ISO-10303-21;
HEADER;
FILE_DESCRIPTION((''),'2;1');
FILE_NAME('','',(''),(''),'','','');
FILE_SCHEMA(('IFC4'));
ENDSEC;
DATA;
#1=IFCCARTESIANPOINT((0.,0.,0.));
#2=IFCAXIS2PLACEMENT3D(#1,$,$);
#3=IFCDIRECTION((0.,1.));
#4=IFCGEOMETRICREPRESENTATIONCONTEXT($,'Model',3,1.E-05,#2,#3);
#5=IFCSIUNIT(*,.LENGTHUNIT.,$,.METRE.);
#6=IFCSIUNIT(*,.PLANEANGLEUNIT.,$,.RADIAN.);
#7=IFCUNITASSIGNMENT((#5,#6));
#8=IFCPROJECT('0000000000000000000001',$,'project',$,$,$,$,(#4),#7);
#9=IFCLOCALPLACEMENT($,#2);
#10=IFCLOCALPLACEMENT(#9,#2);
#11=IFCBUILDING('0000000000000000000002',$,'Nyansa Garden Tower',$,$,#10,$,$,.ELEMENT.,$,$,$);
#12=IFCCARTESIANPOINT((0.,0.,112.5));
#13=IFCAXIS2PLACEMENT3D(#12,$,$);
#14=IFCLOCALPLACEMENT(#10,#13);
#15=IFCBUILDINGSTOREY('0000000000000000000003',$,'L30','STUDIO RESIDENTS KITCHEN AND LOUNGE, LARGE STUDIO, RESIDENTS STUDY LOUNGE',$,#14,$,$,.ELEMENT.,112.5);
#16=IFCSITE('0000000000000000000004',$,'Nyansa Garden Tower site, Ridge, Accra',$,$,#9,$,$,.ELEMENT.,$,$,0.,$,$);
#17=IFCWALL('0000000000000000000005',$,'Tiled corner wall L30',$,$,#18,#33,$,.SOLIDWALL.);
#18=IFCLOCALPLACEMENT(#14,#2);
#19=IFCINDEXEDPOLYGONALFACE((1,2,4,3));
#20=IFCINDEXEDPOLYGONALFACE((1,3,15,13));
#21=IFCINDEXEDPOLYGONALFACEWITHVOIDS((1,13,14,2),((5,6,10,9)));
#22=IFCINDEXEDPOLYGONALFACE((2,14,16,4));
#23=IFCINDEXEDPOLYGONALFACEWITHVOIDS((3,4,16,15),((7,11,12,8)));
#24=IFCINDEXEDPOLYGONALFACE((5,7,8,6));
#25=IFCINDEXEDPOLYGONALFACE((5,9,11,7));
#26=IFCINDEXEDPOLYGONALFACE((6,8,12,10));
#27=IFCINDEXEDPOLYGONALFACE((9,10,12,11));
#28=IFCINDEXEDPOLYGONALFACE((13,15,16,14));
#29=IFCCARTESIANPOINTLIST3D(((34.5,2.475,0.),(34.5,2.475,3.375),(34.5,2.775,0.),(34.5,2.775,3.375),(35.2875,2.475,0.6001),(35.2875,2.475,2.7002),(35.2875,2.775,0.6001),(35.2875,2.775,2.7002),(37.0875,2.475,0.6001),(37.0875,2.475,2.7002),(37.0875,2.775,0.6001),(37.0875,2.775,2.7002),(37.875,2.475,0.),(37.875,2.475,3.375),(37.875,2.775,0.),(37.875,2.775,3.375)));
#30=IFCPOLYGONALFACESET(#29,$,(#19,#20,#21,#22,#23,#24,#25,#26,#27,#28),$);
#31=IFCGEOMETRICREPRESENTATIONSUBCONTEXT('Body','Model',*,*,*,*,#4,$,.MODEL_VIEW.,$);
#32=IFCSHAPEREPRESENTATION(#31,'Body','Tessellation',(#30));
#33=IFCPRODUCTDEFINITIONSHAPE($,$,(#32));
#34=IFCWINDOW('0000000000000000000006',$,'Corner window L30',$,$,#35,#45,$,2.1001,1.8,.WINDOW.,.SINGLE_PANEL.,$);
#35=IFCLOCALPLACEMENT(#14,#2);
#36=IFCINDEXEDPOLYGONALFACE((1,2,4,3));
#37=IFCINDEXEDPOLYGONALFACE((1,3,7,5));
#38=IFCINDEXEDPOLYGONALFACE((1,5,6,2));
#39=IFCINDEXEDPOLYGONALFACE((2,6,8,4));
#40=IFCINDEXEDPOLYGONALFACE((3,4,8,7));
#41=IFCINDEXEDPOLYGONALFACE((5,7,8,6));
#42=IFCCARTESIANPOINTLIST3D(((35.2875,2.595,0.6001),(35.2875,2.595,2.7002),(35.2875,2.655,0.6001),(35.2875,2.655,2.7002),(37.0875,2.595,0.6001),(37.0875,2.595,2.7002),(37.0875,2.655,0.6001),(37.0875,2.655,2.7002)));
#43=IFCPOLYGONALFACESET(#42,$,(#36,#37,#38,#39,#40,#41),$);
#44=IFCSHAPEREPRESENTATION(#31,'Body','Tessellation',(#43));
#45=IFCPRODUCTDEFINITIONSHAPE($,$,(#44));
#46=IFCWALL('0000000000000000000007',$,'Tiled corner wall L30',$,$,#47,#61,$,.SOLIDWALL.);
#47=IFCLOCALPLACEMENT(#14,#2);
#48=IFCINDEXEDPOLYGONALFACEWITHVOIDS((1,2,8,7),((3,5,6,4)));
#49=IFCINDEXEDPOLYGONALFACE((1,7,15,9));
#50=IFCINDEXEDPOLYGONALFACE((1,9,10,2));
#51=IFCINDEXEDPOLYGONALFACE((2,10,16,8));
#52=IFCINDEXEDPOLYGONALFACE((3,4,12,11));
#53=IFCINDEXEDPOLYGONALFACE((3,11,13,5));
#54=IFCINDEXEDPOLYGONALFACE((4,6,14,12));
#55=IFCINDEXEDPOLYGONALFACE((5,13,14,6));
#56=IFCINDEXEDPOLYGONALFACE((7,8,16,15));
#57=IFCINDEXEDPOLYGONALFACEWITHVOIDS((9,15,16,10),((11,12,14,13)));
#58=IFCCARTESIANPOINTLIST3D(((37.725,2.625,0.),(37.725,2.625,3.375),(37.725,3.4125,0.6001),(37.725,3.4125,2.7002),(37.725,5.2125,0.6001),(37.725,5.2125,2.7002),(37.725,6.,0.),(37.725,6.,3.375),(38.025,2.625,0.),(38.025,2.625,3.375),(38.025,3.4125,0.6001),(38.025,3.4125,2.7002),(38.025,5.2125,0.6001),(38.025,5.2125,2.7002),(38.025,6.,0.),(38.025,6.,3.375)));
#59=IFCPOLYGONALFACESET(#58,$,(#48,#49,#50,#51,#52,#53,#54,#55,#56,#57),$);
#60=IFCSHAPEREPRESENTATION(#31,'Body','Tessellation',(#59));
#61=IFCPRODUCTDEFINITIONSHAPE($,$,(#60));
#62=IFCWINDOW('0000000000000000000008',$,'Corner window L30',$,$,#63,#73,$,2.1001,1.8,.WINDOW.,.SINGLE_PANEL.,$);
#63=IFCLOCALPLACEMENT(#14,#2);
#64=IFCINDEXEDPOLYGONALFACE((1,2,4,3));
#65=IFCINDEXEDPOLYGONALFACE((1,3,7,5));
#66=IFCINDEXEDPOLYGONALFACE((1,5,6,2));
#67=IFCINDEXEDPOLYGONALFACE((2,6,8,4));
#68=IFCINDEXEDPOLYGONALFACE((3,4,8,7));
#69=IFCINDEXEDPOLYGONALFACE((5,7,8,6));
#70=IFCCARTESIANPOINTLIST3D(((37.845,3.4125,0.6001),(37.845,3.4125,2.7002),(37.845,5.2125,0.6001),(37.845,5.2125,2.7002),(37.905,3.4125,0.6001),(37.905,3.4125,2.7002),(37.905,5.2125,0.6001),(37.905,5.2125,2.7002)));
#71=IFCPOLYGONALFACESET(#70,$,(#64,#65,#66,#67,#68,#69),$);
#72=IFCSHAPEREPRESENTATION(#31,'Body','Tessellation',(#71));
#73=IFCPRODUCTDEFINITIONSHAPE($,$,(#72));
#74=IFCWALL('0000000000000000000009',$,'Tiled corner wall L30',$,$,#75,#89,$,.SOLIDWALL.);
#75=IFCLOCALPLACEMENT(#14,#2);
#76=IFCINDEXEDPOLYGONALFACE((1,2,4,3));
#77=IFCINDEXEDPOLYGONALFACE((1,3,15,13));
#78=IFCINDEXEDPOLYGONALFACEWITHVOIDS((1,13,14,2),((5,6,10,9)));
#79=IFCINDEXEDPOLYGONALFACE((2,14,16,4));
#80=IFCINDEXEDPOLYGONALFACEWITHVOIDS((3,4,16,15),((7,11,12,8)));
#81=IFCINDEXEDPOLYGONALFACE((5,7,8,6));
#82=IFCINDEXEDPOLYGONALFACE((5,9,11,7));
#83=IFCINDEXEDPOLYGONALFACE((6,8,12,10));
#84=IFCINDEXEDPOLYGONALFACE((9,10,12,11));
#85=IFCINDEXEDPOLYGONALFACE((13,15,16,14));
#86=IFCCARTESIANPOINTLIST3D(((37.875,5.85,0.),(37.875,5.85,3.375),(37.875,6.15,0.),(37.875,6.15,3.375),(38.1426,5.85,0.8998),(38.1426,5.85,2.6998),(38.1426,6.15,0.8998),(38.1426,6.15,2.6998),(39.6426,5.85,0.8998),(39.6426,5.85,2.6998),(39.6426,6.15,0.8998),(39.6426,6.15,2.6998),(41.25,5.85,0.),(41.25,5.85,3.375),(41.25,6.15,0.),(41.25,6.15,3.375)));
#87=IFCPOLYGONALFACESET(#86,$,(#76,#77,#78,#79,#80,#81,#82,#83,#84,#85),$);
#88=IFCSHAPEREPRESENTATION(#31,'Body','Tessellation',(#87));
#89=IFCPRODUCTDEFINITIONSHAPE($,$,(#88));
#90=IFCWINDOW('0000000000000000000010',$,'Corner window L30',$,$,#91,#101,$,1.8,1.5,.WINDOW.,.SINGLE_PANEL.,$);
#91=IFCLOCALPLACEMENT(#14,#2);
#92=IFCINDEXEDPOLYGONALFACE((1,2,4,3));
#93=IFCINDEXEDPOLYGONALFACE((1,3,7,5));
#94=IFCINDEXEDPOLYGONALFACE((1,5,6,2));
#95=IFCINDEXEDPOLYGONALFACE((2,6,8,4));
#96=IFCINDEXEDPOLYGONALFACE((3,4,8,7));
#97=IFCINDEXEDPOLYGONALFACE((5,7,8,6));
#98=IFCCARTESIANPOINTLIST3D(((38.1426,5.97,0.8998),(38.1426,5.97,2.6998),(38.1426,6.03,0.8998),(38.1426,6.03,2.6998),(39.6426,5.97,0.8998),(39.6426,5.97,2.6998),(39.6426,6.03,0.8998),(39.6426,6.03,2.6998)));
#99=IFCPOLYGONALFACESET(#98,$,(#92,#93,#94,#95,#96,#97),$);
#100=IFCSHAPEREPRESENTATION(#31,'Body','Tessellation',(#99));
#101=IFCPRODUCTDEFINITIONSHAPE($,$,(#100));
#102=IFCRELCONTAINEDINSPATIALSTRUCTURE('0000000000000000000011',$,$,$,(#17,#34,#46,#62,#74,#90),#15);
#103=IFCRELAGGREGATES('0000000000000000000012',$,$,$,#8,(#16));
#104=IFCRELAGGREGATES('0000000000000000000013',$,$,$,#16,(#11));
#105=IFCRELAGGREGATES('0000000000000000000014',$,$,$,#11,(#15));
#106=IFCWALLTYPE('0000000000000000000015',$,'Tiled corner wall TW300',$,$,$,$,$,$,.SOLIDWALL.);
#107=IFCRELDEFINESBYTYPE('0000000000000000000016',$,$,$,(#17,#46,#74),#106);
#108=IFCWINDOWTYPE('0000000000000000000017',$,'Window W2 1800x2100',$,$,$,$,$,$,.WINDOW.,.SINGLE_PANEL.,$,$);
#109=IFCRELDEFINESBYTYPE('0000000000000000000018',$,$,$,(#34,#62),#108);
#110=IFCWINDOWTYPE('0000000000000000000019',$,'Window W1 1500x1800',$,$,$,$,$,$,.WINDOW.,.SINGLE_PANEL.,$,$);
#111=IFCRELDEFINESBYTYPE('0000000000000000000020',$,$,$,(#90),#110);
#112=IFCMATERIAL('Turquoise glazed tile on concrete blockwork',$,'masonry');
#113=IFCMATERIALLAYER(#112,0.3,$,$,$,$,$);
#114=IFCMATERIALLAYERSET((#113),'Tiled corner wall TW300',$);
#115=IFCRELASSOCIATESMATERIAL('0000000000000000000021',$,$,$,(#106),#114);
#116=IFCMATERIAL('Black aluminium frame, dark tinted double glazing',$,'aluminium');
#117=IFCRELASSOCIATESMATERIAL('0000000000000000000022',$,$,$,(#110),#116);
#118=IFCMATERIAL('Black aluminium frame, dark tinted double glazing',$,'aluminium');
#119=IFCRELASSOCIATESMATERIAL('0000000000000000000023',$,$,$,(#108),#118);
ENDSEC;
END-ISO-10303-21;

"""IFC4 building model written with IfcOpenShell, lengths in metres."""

from ifc_helpers import new_model, si_unit, direction, frame, frame_2d, origin, place, context, subcontext, project, spatial, rectangle, extrude, material, layer, layer_set, type_object, element, fill, save


model = new_model("IFC4")

# Units and contexts
model_context = context("Model", 3, precision=1e-05, world=origin(), true_north=direction((0.0, 1.0)))
body_context = subcontext(model_context, "Body", "Model", "MODEL_VIEW")
ifc_project = project(units=[si_unit("LENGTHUNIT", "METRE"), si_unit("PLANEANGLEUNIT", "RADIAN")], contexts=[model_context])

# Site, building, storey
site_placement = place(None, origin())
site = spatial("IfcSite", under=ifc_project, at=site_placement, Name="Nyansa Garden Tower site, Ridge, Accra", CompositionType="ELEMENT", RefElevation=0.0)
building_placement = place(site_placement, origin())
building = spatial("IfcBuilding", under=site, at=building_placement, Name="Nyansa Garden Tower", CompositionType="ELEMENT")
storey_placement = place(building_placement, frame((0.0, 0.0, 112.5)))
storey = spatial("IfcBuildingStorey", under=building, at=storey_placement, Name="L30", Description="STUDIO RESIDENTS KITCHEN AND LOUNGE, LARGE STUDIO, RESIDENTS STUDY LOUNGE", CompositionType="ELEMENT", Elevation=112.5)

# Walls, openings, windows
ifc_material_1 = material(Name="Turquoise glazed tile on concrete blockwork", Category="masonry")
ifc_layer_1 = layer(ifc_material_1, 0.3)
ifc_layer_set_1 = layer_set([ifc_layer_1], Name="Tiled corner wall TW300")
wall_type_1 = type_object("IfcWallType", Name="Tiled corner wall TW300", PredefinedType="SOLIDWALL", material=ifc_layer_set_1)
ifc_material_2 = material(Name="Black aluminium frame, dark tinted double glazing", Category="aluminium")
window_type_1 = type_object("IfcWindowType", Name="Window W1 1500x1800", PartitioningType="SINGLE_PANEL", PredefinedType="WINDOW", material=ifc_material_2)
wall_1_placement = place(storey_placement, frame((34.5, 2.625, 0.0), z_axis=(0.0, 0.0, 1.0), x_axis=(1.0, 0.0, 0.0)))
wall_1 = element("IfcWall", 1, at=wall_1_placement, inside=storey, type_object=wall_type_1, Name="Tiled corner wall L30", PredefinedType="SOLIDWALL", context=body_context, shape_type="SweptSolid", body=[
    extrude(rectangle(XDim=3.375, YDim=0.3, at=frame_2d((1.6875, 0.0))), origin(), (0.0, 0.0, 1.0), 3.375),
])
opening_1_placement = place(wall_1_placement, frame((0.7876, 0.0, 0.6001)))
opening_1 = element("IfcOpeningElement", 2, at=opening_1_placement, cuts=wall_1, PredefinedType="OPENING", context=body_context, shape_type="SweptSolid", body=[
    extrude(rectangle(XDim=1.8, YDim=2.1001, at=frame_2d((0.8999, 1.05))), frame((0.0, 0.1599, 0.0), z_axis=(0.0, -1.0, 0.0), x_axis=(1.0, 0.0, 0.0)), (0.0, 0.0, 1.0), 0.3201),
])
ifc_material_3 = material(Name="Black aluminium frame, dark tinted double glazing", Category="aluminium")
window_type_2 = type_object("IfcWindowType", Name="Window W2 1800x2100", PartitioningType="SINGLE_PANEL", PredefinedType="WINDOW", material=ifc_material_3)
window_1_placement = place(opening_1_placement, origin())
window_1 = element("IfcWindow", 3, at=window_1_placement, inside=storey, type_object=window_type_2, Name="Corner window L30", OverallHeight=2.1001, OverallWidth=1.8, PartitioningType="SINGLE_PANEL", PredefinedType="WINDOW", context=body_context, shape_type="SweptSolid", body=[
    extrude(rectangle(XDim=1.8, YDim=2.1001, at=frame_2d((0.8999, 1.05))), frame((0.0, 0.03, 0.0), z_axis=(0.0, -1.0, 0.0), x_axis=(1.0, 0.0, 0.0)), (0.0, 0.0, 1.0), 0.0601),
])
fill(opening_1, window_1)
wall_2_placement = place(storey_placement, frame((37.875, 2.625, 0.0), z_axis=(0.0, 0.0, 1.0), x_axis=(0.0, 1.0, 0.0)))
wall_2 = element("IfcWall", 4, at=wall_2_placement, inside=storey, type_object=wall_type_1, Name="Tiled corner wall L30", PredefinedType="SOLIDWALL", context=body_context, shape_type="SweptSolid", body=[
    extrude(rectangle(XDim=3.375, YDim=0.3, at=frame_2d((1.6875, 0.0))), origin(), (0.0, 0.0, 1.0), 3.375),
])
opening_2_placement = place(wall_2_placement, frame((0.7876, 0.0, 0.6001)))
opening_2 = element("IfcOpeningElement", 5, at=opening_2_placement, cuts=wall_2, PredefinedType="OPENING", context=body_context, shape_type="SweptSolid", body=[
    extrude(rectangle(XDim=1.8, YDim=2.1001, at=frame_2d((0.8999, 1.05))), frame((0.0, 0.1599, 0.0), z_axis=(0.0, -1.0, 0.0), x_axis=(1.0, 0.0, 0.0)), (0.0, 0.0, 1.0), 0.3201),
])
window_2_placement = place(opening_2_placement, origin())
window_2 = element("IfcWindow", 6, at=window_2_placement, inside=storey, type_object=window_type_2, Name="Corner window L30", OverallHeight=2.1001, OverallWidth=1.8, PartitioningType="SINGLE_PANEL", PredefinedType="WINDOW", context=body_context, shape_type="SweptSolid", body=[
    extrude(rectangle(XDim=1.8, YDim=2.1001, at=frame_2d((0.8999, 1.05))), frame((0.0, 0.03, 0.0), z_axis=(0.0, -1.0, 0.0), x_axis=(1.0, 0.0, 0.0)), (0.0, 0.0, 1.0), 0.0601),
])
fill(opening_2, window_2)
wall_3_placement = place(storey_placement, frame((37.875, 6.0, 0.0), z_axis=(0.0, 0.0, 1.0), x_axis=(1.0, 0.0, 0.0)))
wall_3 = element("IfcWall", 7, at=wall_3_placement, inside=storey, type_object=wall_type_1, Name="Tiled corner wall L30", PredefinedType="SOLIDWALL", context=body_context, shape_type="SweptSolid", body=[
    extrude(rectangle(XDim=3.375, YDim=0.3, at=frame_2d((1.6875, 0.0))), origin(), (0.0, 0.0, 1.0), 3.375),
])
opening_3_placement = place(wall_3_placement, frame((0.2676, 0.0, 0.8999)))
opening_3 = element("IfcOpeningElement", 8, at=opening_3_placement, cuts=wall_3, PredefinedType="OPENING", context=body_context, shape_type="SweptSolid", body=[
    extrude(rectangle(XDim=1.5, YDim=1.8, at=frame_2d((0.75, 0.8999))), frame((0.0, 0.1599, 0.0), z_axis=(0.0, -1.0, 0.0), x_axis=(1.0, 0.0, 0.0)), (0.0, 0.0, 1.0), 0.3201),
])
window_3_placement = place(opening_3_placement, origin())
window_3 = element("IfcWindow", 9, at=window_3_placement, inside=storey, type_object=window_type_1, Name="Corner window L30", OverallHeight=1.8, OverallWidth=1.5, PartitioningType="SINGLE_PANEL", PredefinedType="WINDOW", context=body_context, shape_type="SweptSolid", body=[
    extrude(rectangle(XDim=1.5, YDim=1.8, at=frame_2d((0.75, 0.8999))), frame((0.0, 0.03, 0.0), z_axis=(0.0, -1.0, 0.0), x_axis=(1.0, 0.0, 0.0)), (0.0, 0.0, 1.0), 0.0601),
])
fill(opening_3, window_3)

save(model, "model.ifc")
